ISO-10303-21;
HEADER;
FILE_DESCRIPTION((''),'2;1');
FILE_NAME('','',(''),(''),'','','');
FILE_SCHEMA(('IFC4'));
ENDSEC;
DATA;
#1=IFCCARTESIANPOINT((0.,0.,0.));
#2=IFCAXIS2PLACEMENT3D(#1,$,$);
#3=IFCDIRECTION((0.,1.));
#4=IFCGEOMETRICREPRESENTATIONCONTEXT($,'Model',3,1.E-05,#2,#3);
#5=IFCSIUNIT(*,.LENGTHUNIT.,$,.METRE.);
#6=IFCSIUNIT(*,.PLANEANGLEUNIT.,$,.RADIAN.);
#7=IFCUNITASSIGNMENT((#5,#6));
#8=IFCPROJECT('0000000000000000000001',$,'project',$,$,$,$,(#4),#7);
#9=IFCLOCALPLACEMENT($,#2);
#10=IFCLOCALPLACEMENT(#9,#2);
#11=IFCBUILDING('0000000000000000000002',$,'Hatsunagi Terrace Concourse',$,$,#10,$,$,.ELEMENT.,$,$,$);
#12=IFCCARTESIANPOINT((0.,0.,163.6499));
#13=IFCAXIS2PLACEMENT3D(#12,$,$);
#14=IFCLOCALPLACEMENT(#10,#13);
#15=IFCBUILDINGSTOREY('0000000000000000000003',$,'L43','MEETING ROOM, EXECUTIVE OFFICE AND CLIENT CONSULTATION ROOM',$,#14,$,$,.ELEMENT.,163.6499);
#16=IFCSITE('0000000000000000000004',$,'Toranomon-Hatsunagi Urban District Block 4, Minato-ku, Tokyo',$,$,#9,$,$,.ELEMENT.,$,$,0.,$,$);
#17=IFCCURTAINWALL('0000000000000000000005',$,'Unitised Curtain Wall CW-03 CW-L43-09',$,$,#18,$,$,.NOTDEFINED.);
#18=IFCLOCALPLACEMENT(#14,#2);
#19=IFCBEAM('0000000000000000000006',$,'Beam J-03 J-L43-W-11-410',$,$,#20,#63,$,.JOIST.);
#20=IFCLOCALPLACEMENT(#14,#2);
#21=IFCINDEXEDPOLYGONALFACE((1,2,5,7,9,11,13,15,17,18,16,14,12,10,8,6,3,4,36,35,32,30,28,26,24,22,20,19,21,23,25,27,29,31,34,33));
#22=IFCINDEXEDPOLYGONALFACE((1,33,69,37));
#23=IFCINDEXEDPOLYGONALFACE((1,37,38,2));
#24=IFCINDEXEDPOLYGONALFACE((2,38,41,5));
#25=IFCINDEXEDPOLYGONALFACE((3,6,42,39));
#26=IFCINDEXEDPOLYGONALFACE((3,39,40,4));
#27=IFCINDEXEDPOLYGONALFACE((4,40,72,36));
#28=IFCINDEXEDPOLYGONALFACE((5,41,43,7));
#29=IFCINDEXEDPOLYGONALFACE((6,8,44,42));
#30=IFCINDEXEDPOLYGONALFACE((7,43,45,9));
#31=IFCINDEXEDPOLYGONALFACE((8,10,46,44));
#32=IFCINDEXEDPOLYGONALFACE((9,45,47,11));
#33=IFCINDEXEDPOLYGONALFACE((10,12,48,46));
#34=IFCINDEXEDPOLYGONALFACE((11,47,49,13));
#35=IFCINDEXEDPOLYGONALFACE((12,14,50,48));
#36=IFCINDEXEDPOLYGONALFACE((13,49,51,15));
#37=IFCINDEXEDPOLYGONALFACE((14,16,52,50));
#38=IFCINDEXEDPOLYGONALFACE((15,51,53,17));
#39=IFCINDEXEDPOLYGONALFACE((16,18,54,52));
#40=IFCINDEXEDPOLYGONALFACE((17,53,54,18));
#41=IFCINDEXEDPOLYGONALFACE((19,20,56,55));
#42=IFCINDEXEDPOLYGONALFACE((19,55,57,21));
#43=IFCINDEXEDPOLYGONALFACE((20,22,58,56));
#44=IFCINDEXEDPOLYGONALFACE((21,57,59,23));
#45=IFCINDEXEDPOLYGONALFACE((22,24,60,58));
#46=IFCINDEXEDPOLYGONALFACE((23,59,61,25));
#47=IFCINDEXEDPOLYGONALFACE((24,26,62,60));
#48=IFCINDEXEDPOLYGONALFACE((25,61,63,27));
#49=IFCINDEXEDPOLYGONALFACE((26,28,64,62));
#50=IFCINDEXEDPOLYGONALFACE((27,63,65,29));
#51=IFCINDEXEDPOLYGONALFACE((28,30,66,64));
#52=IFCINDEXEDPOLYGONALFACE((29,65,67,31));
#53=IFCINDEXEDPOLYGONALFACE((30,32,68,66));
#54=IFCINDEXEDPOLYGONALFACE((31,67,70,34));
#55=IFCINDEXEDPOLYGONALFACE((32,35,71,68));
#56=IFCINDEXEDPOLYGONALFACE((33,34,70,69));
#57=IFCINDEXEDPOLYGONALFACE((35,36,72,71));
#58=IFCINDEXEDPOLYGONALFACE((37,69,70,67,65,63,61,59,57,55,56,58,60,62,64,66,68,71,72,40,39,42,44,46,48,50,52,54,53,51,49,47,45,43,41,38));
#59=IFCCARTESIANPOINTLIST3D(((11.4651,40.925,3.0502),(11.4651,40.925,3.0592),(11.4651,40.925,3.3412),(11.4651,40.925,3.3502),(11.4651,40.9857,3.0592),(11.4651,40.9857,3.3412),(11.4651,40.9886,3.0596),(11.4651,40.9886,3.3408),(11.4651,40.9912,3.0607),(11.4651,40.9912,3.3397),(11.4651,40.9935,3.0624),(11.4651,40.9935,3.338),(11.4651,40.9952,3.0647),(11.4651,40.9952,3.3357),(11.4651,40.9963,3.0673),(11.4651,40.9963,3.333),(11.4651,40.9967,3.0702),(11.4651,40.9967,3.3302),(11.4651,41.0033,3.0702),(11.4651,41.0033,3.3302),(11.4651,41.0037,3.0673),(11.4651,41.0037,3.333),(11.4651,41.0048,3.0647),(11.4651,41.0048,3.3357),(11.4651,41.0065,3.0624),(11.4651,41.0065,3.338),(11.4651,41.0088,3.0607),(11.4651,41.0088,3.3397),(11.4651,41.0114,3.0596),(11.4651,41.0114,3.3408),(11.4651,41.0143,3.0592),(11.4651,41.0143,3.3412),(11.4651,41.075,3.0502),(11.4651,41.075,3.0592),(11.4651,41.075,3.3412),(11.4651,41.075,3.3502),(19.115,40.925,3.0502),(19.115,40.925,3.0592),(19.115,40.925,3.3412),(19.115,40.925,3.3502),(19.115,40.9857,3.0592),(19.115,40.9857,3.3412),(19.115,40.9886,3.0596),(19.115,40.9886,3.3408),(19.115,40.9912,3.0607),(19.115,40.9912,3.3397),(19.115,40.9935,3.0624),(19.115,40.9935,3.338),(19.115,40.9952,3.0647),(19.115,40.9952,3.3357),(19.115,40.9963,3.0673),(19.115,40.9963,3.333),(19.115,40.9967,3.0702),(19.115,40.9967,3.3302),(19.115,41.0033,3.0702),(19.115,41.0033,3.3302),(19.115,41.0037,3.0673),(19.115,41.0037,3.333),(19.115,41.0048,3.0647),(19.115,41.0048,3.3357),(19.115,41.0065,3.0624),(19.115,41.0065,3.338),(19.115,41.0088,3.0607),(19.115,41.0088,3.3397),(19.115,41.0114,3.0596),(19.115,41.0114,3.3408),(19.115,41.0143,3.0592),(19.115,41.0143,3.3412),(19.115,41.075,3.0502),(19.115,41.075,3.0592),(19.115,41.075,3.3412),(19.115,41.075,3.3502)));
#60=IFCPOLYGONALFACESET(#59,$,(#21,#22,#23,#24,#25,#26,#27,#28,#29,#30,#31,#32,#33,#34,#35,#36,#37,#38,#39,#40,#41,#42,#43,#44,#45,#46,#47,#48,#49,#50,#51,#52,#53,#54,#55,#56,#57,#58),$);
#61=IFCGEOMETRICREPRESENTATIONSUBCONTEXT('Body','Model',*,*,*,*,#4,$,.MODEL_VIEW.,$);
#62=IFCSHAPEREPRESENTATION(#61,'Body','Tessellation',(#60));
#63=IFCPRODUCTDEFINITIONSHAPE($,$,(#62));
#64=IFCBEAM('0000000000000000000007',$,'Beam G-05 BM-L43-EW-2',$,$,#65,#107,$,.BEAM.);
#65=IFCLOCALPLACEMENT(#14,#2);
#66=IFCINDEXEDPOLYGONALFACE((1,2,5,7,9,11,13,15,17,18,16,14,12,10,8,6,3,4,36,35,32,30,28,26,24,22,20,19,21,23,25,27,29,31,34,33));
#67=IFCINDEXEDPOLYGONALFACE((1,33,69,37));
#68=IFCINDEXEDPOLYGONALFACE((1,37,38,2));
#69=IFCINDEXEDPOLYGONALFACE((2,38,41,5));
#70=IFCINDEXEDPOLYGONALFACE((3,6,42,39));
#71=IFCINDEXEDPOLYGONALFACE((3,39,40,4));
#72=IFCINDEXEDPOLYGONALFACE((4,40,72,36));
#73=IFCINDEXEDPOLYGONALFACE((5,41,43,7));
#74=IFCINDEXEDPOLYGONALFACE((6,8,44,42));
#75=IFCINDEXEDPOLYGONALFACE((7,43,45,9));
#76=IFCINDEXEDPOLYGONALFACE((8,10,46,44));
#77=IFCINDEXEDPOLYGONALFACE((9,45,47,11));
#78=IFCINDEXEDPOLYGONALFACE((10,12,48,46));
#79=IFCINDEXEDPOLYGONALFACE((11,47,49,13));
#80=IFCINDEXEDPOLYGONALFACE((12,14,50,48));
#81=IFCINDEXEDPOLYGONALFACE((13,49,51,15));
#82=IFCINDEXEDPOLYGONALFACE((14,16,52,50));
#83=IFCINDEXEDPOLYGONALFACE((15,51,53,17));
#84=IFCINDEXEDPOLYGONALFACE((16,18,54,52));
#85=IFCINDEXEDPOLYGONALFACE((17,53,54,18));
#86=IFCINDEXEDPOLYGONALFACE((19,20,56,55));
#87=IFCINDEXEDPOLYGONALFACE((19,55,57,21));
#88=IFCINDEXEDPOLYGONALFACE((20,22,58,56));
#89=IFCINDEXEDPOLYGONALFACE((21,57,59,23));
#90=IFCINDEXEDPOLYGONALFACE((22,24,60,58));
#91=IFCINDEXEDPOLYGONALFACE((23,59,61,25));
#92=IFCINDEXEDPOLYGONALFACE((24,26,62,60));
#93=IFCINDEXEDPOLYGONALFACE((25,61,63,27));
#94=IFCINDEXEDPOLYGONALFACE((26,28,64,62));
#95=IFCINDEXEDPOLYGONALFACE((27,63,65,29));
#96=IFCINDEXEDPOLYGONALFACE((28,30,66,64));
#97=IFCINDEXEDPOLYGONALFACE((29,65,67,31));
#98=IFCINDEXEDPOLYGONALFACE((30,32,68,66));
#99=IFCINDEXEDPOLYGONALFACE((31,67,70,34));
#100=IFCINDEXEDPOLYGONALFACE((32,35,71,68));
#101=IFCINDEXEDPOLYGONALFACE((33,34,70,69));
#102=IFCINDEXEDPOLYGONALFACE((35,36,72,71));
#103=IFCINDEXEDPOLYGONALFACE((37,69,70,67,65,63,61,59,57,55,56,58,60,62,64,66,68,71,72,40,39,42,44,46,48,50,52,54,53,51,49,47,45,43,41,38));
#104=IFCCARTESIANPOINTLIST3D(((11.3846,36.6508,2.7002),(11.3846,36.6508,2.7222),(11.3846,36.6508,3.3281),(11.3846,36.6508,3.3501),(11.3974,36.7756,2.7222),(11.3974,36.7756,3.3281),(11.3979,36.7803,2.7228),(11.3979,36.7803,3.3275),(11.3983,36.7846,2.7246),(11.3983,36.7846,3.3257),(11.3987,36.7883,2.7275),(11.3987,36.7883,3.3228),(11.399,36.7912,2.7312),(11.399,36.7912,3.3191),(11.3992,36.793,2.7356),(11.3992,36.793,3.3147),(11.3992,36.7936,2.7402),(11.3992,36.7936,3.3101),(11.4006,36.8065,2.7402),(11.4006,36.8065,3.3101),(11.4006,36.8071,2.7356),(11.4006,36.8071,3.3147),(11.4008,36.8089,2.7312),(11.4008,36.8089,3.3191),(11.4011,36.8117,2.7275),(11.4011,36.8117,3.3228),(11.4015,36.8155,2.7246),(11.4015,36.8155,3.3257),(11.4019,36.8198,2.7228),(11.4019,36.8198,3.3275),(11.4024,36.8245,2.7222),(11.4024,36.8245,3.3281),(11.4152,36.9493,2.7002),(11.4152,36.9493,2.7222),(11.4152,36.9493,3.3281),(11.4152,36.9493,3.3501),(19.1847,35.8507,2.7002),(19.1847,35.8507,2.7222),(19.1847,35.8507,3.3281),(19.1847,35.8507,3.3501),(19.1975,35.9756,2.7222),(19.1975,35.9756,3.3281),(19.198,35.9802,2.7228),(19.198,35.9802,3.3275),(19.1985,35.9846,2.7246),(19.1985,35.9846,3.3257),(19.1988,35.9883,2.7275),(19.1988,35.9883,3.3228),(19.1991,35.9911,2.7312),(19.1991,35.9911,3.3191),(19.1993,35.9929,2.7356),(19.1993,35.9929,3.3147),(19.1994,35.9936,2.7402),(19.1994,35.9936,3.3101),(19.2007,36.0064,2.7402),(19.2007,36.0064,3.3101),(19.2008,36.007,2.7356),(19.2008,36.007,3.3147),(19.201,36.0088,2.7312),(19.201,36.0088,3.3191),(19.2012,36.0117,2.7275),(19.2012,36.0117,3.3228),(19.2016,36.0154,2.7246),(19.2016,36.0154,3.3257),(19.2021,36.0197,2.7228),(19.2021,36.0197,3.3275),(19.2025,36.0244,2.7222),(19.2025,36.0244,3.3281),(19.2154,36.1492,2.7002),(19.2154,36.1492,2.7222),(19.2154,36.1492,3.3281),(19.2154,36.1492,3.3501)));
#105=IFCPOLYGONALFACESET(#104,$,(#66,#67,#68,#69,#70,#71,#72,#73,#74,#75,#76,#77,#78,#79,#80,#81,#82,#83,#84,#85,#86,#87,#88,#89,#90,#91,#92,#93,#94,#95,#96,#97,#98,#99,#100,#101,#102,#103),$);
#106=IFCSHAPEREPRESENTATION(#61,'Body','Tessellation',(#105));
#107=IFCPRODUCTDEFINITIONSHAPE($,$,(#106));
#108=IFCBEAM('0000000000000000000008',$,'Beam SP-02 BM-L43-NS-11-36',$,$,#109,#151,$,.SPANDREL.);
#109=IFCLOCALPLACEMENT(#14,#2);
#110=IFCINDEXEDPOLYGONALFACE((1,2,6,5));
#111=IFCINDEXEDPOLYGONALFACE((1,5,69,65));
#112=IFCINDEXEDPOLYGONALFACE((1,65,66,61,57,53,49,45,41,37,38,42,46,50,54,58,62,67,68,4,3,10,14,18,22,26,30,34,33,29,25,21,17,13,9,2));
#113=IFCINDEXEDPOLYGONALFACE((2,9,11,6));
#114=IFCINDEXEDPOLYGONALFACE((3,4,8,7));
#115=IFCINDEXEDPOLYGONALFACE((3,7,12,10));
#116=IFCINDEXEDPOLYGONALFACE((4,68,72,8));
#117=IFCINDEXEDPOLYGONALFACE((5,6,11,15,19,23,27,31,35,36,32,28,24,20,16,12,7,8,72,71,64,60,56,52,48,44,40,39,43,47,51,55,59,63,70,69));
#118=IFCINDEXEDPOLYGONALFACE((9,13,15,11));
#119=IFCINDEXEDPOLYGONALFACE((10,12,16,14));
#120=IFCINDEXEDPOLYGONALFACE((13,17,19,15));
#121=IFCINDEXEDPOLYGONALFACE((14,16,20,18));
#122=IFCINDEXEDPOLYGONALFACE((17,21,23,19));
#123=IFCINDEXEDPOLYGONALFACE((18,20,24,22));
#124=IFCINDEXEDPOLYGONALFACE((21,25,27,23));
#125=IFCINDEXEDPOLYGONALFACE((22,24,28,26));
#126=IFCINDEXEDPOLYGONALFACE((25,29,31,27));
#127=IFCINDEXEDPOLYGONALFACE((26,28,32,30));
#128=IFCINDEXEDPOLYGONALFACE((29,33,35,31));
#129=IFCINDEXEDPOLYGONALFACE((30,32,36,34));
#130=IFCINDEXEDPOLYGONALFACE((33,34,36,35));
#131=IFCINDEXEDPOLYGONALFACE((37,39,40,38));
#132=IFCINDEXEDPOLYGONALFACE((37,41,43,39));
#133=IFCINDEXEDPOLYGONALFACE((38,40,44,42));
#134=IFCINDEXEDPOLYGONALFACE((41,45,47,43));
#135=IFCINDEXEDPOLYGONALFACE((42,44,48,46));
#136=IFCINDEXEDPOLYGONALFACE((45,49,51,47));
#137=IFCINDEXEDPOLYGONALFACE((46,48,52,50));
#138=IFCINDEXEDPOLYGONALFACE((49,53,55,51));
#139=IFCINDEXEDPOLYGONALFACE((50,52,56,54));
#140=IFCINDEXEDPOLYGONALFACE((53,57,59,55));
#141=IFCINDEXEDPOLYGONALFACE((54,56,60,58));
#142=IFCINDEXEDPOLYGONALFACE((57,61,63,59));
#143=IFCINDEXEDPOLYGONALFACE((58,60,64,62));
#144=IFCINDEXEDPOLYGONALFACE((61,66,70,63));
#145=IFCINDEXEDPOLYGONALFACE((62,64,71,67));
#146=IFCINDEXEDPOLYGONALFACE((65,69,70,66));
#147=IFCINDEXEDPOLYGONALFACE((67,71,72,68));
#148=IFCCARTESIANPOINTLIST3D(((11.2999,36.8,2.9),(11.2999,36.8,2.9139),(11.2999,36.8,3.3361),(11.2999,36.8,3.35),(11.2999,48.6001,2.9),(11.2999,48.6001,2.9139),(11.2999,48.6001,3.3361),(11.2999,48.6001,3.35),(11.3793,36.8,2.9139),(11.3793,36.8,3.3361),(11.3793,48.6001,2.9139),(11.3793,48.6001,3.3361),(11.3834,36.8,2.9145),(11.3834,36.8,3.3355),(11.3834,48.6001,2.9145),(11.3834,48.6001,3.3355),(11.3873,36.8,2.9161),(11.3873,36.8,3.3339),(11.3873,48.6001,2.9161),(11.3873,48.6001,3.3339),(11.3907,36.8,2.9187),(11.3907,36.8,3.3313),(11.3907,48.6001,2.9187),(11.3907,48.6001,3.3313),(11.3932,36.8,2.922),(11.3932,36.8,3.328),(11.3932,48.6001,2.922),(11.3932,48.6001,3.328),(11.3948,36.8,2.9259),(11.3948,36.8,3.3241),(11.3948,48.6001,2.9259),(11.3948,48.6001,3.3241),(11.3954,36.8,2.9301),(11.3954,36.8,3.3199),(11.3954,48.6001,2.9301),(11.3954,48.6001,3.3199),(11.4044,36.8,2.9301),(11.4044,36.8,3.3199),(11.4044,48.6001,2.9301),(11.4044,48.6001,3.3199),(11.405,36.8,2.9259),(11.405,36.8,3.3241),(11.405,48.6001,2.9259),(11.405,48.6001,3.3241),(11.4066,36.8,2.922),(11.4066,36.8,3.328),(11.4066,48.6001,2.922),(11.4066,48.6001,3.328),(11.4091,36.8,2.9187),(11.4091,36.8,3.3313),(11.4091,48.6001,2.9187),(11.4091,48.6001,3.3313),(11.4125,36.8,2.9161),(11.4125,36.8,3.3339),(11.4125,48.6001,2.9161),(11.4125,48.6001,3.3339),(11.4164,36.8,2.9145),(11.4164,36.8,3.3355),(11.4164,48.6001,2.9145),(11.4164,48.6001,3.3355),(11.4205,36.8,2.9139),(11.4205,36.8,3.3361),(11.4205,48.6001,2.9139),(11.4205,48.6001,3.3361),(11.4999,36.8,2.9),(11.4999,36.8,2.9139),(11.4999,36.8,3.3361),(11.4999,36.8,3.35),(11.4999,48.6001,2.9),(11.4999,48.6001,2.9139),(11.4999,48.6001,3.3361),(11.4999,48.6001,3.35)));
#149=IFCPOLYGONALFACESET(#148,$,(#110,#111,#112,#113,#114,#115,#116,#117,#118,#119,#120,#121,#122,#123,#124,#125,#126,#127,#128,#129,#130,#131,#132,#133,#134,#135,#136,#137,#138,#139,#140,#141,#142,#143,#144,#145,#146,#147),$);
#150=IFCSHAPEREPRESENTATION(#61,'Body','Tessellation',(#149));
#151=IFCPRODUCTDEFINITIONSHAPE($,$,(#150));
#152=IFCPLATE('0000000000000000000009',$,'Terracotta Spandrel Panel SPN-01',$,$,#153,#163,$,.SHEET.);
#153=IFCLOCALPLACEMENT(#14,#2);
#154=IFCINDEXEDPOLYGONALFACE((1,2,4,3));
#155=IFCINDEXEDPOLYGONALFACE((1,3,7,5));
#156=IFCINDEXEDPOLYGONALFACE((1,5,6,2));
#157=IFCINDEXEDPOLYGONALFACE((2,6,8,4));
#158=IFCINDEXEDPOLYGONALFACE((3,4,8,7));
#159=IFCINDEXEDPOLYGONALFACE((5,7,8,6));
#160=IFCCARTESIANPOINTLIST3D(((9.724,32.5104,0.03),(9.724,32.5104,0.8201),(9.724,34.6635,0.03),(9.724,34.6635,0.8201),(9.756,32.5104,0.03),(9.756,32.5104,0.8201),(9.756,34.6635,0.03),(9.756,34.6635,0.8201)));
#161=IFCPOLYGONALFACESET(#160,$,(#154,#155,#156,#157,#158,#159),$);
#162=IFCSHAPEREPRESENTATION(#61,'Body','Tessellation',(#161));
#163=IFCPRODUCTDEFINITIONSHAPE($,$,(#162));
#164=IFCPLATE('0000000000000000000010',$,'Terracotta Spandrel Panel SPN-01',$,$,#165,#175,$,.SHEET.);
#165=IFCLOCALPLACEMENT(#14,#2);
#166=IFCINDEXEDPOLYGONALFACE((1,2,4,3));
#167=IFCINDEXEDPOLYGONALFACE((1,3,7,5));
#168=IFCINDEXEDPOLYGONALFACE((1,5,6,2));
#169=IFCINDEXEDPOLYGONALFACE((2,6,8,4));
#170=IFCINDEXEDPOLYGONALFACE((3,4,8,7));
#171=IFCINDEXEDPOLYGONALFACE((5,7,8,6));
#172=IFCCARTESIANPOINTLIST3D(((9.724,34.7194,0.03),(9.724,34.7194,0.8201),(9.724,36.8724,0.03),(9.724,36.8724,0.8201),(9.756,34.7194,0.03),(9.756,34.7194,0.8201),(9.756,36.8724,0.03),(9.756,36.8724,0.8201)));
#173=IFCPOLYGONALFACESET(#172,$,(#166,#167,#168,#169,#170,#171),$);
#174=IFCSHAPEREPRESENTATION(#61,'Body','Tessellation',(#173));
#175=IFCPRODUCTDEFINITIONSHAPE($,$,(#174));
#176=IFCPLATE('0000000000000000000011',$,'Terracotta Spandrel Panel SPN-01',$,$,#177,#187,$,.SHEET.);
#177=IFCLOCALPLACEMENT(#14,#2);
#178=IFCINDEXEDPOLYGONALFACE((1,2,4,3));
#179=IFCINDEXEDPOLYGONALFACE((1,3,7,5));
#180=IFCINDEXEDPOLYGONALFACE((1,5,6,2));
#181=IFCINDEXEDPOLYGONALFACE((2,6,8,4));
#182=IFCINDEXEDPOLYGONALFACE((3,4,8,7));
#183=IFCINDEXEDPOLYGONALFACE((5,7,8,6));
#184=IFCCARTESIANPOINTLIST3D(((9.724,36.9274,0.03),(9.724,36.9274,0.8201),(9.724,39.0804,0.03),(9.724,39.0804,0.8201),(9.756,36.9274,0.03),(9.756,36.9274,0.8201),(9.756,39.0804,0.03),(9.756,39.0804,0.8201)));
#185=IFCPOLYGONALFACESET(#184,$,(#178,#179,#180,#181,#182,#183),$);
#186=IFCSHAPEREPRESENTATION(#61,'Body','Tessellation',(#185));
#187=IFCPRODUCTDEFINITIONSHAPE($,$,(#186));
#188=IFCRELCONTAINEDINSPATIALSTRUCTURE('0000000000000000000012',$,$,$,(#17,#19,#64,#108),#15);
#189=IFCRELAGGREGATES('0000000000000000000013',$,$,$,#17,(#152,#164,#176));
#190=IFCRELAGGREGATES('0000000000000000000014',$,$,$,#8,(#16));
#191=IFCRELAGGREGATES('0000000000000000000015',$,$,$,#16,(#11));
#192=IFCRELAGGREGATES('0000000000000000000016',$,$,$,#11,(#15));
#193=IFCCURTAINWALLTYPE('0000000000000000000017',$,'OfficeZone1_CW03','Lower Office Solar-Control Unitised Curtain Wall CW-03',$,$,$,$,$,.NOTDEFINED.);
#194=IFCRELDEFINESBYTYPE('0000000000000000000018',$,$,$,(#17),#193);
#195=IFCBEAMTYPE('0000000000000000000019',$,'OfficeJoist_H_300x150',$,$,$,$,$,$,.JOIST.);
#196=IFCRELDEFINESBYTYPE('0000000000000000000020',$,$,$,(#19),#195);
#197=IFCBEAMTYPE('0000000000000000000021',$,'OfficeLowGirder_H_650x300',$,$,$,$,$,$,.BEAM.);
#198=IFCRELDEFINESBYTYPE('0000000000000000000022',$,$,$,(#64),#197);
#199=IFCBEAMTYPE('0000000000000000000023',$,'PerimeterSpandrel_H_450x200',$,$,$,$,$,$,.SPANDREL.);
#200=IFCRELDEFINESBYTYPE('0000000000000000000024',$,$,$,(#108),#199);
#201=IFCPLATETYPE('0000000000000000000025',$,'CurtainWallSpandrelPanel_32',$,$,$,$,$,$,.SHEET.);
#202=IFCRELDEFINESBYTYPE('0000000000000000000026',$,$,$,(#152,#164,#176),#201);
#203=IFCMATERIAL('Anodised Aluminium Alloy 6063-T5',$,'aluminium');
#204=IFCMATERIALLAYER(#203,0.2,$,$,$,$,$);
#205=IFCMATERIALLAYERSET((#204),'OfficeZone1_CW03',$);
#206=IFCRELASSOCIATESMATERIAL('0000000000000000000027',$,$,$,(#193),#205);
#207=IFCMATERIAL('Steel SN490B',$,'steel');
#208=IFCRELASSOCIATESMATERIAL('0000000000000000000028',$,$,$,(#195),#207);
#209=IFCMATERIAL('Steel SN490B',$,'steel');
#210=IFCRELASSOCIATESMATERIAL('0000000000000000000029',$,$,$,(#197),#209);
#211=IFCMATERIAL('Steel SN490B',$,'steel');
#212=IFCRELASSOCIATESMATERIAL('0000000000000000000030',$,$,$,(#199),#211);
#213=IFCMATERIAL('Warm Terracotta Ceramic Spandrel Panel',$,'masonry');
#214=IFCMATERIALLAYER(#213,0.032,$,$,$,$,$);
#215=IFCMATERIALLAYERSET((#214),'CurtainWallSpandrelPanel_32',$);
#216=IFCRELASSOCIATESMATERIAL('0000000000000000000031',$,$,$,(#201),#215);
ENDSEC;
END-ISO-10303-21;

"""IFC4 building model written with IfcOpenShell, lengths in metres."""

from ifc_helpers import new_model, si_unit, direction, frame, origin, origin_2d, place, context, subcontext, project, spatial, rectangle, i_section, extrude, material, layer, layer_set, material_profile, profile_set, type_object, element, aggregate, save


model = new_model("IFC4")

# Units and contexts
model_context = context("Model", 3, precision=1e-05, world=origin(), true_north=direction((0.0, 1.0)))
body_context = subcontext(model_context, "Body", "Model", "MODEL_VIEW")
ifc_project = project(units=[si_unit("LENGTHUNIT", "METRE"), si_unit("PLANEANGLEUNIT", "RADIAN")], contexts=[model_context])

# Site, building, storey
site_placement = place(None, origin())
site = spatial("IfcSite", under=ifc_project, at=site_placement, Name="Toranomon-Hatsunagi Urban District Block 4, Minato-ku, Tokyo", CompositionType="ELEMENT", RefElevation=0.0)
building_placement = place(site_placement, origin())
building = spatial("IfcBuilding", under=site, at=building_placement, Name="Hatsunagi Terrace Concourse", CompositionType="ELEMENT")
storey_placement = place(building_placement, frame((0.0, 0.0, 163.6499)))
storey = spatial("IfcBuildingStorey", under=building, at=storey_placement, Name="L43", Description="MEETING ROOM, EXECUTIVE OFFICE AND CLIENT CONSULTATION ROOM", CompositionType="ELEMENT", Elevation=163.6499)

# Curtain wall
ifc_material_1 = material(Name="Anodised Aluminium Alloy 6063-T5", Category="aluminium")
ifc_layer_1 = layer(ifc_material_1, 0.2)
ifc_layer_set_1 = layer_set([ifc_layer_1], Name="OfficeZone1_CW03")
curtain_wall_type = type_object("IfcCurtainWallType", Name="OfficeZone1_CW03", Description="Lower Office Solar-Control Unitised Curtain Wall CW-03", PredefinedType="NOTDEFINED", material=ifc_layer_set_1)
curtain_wall_placement = place(storey_placement, origin())
curtain_wall = element("IfcCurtainWall", 1, at=curtain_wall_placement, inside=storey, type_object=curtain_wall_type, Name="Unitised Curtain Wall CW-03 CW-L43-09", PredefinedType="NOTDEFINED")

# Beams
ifc_material_2 = material(Name="Steel SN490B", Category="steel")
ifc_material_profile_1 = material_profile(ifc_material_2, i_section(OverallWidth=0.1499, OverallDepth=0.3, WebThickness=0.0066, FlangeThickness=0.009, FilletRadius=0.011, at=origin_2d()), Name="H-300x150x6.5x9")
ifc_profile_set_1 = profile_set([ifc_material_profile_1], Name="Steel SN490B")
beam_type_1 = type_object("IfcBeamType", Name="OfficeJoist_H_300x150", PredefinedType="JOIST", material=ifc_profile_set_1)
for number, where, z_axis, x_axis, name in (
    (2, (11.4651, 41.0, 3.2002), (1.0, 0.0, 0.0), (0.0, 1.0, 0.0), "Beam J-03 J-L43-W-11-410"),
):
    element("IfcBeam", number, at=place(storey_placement, frame(where, z_axis=z_axis, x_axis=x_axis)), inside=storey, type_object=beam_type_1, Name=name, PredefinedType="JOIST", context=body_context, shape_type="SweptSolid", body=[
        extrude(i_section(OverallWidth=0.1499, OverallDepth=0.3, WebThickness=0.0066, FlangeThickness=0.009, FilletRadius=0.011, at=origin_2d()), origin(), (0.0, 0.0, 1.0), 7.6499),
    ])
ifc_material_3 = material(Name="Steel SN490B", Category="steel")
ifc_material_profile_2 = material_profile(ifc_material_3, i_section(OverallWidth=0.3, OverallDepth=0.6499, WebThickness=0.0129, FlangeThickness=0.022, FilletRadius=0.0181, at=origin_2d()), Name="H-650x300x13x22")
ifc_profile_set_2 = profile_set([ifc_material_profile_2], Name="Steel SN490B")
beam_type_2 = type_object("IfcBeamType", Name="OfficeLowGirder_H_650x300", PredefinedType="BEAM", material=ifc_profile_set_2)
beam_1_placement = place(storey_placement, frame((11.3999, 36.8, 3.0251), z_axis=(0.994781, -0.102034, 0.0), x_axis=(0.102034, 0.994781, 0.0)))
element("IfcBeam", 3, at=beam_1_placement, inside=storey, type_object=beam_type_2, Name="Beam G-05 BM-L43-EW-2", PredefinedType="BEAM", context=body_context, shape_type="SweptSolid", body=[
    extrude(i_section(OverallWidth=0.3, OverallDepth=0.6499, WebThickness=0.0129, FlangeThickness=0.022, FilletRadius=0.0181, at=origin_2d()), origin(), (0.0, 0.0, 1.0), 7.8411),
])
ifc_material_4 = material(Name="Steel SN490B", Category="steel")
ifc_material_profile_3 = material_profile(ifc_material_4, i_section(OverallWidth=0.2, OverallDepth=0.45, WebThickness=0.009, FlangeThickness=0.0139, FilletRadius=0.0161, at=origin_2d()), Name="H-450x200x9x14")
ifc_profile_set_3 = profile_set([ifc_material_profile_3], Name="Steel SN490B")
beam_type_3 = type_object("IfcBeamType", Name="PerimeterSpandrel_H_450x200", PredefinedType="SPANDREL", material=ifc_profile_set_3)
beam_2_placement = place(storey_placement, frame((11.3999, 36.8, 3.125), z_axis=(0.0, 1.0, 0.0), x_axis=(-1.0, 0.0, 0.0)))
element("IfcBeam", 4, at=beam_2_placement, inside=storey, type_object=beam_type_3, Name="Beam SP-02 BM-L43-NS-11-36", PredefinedType="SPANDREL", context=body_context, shape_type="SweptSolid", body=[
    extrude(i_section(OverallWidth=0.2, OverallDepth=0.45, WebThickness=0.009, FlangeThickness=0.0139, FilletRadius=0.0161, at=origin_2d()), origin(), (0.0, 0.0, 1.0), 11.8),
])

# Plates
ifc_material_5 = material(Name="Warm Terracotta Ceramic Spandrel Panel", Category="masonry")
ifc_layer_2 = layer(ifc_material_5, 0.032)
ifc_layer_set_2 = layer_set([ifc_layer_2], Name="CurtainWallSpandrelPanel_32")
plate_type_1 = type_object("IfcPlateType", Name="CurtainWallSpandrelPanel_32", PredefinedType="SHEET", material=ifc_layer_set_2)
plate_1_placement = place(storey_placement, frame((9.74, 33.5869, 0.03), z_axis=(0.0, 0.0, 1.0), x_axis=(0.0, 1.0, 0.0)))
plate_1 = element("IfcPlate", 5, at=plate_1_placement, type_object=plate_type_1, Name="Terracotta Spandrel Panel SPN-01", PredefinedType="SHEET", context=body_context, shape_type="SweptSolid", body=[
    extrude(rectangle(XDim=2.1531, YDim=0.032, at=origin_2d()), origin(), (0.0, 0.0, 1.0), 0.79),
])
plate_2_placement = place(storey_placement, frame((9.74, 35.7959, 0.03), z_axis=(0.0, 0.0, 1.0), x_axis=(0.0, 1.0, 0.0)))
plate_2 = element("IfcPlate", 6, at=plate_2_placement, type_object=plate_type_1, Name="Terracotta Spandrel Panel SPN-01", PredefinedType="SHEET", context=body_context, shape_type="SweptSolid", body=[
    extrude(rectangle(XDim=2.1531, YDim=0.032, at=origin_2d()), origin(), (0.0, 0.0, 1.0), 0.79),
])
plate_3_placement = place(storey_placement, frame((9.74, 38.0039, 0.03), z_axis=(0.0, 0.0, 1.0), x_axis=(0.0, 1.0, 0.0)))
plate_3 = element("IfcPlate", 7, at=plate_3_placement, type_object=plate_type_1, Name="Terracotta Spandrel Panel SPN-01", PredefinedType="SHEET", context=body_context, shape_type="SweptSolid", body=[
    extrude(rectangle(XDim=2.1531, YDim=0.032, at=origin_2d()), origin(), (0.0, 0.0, 1.0), 0.79),
])
aggregate(curtain_wall, [plate_1, plate_2, plate_3])

save(model, "model.ifc")
